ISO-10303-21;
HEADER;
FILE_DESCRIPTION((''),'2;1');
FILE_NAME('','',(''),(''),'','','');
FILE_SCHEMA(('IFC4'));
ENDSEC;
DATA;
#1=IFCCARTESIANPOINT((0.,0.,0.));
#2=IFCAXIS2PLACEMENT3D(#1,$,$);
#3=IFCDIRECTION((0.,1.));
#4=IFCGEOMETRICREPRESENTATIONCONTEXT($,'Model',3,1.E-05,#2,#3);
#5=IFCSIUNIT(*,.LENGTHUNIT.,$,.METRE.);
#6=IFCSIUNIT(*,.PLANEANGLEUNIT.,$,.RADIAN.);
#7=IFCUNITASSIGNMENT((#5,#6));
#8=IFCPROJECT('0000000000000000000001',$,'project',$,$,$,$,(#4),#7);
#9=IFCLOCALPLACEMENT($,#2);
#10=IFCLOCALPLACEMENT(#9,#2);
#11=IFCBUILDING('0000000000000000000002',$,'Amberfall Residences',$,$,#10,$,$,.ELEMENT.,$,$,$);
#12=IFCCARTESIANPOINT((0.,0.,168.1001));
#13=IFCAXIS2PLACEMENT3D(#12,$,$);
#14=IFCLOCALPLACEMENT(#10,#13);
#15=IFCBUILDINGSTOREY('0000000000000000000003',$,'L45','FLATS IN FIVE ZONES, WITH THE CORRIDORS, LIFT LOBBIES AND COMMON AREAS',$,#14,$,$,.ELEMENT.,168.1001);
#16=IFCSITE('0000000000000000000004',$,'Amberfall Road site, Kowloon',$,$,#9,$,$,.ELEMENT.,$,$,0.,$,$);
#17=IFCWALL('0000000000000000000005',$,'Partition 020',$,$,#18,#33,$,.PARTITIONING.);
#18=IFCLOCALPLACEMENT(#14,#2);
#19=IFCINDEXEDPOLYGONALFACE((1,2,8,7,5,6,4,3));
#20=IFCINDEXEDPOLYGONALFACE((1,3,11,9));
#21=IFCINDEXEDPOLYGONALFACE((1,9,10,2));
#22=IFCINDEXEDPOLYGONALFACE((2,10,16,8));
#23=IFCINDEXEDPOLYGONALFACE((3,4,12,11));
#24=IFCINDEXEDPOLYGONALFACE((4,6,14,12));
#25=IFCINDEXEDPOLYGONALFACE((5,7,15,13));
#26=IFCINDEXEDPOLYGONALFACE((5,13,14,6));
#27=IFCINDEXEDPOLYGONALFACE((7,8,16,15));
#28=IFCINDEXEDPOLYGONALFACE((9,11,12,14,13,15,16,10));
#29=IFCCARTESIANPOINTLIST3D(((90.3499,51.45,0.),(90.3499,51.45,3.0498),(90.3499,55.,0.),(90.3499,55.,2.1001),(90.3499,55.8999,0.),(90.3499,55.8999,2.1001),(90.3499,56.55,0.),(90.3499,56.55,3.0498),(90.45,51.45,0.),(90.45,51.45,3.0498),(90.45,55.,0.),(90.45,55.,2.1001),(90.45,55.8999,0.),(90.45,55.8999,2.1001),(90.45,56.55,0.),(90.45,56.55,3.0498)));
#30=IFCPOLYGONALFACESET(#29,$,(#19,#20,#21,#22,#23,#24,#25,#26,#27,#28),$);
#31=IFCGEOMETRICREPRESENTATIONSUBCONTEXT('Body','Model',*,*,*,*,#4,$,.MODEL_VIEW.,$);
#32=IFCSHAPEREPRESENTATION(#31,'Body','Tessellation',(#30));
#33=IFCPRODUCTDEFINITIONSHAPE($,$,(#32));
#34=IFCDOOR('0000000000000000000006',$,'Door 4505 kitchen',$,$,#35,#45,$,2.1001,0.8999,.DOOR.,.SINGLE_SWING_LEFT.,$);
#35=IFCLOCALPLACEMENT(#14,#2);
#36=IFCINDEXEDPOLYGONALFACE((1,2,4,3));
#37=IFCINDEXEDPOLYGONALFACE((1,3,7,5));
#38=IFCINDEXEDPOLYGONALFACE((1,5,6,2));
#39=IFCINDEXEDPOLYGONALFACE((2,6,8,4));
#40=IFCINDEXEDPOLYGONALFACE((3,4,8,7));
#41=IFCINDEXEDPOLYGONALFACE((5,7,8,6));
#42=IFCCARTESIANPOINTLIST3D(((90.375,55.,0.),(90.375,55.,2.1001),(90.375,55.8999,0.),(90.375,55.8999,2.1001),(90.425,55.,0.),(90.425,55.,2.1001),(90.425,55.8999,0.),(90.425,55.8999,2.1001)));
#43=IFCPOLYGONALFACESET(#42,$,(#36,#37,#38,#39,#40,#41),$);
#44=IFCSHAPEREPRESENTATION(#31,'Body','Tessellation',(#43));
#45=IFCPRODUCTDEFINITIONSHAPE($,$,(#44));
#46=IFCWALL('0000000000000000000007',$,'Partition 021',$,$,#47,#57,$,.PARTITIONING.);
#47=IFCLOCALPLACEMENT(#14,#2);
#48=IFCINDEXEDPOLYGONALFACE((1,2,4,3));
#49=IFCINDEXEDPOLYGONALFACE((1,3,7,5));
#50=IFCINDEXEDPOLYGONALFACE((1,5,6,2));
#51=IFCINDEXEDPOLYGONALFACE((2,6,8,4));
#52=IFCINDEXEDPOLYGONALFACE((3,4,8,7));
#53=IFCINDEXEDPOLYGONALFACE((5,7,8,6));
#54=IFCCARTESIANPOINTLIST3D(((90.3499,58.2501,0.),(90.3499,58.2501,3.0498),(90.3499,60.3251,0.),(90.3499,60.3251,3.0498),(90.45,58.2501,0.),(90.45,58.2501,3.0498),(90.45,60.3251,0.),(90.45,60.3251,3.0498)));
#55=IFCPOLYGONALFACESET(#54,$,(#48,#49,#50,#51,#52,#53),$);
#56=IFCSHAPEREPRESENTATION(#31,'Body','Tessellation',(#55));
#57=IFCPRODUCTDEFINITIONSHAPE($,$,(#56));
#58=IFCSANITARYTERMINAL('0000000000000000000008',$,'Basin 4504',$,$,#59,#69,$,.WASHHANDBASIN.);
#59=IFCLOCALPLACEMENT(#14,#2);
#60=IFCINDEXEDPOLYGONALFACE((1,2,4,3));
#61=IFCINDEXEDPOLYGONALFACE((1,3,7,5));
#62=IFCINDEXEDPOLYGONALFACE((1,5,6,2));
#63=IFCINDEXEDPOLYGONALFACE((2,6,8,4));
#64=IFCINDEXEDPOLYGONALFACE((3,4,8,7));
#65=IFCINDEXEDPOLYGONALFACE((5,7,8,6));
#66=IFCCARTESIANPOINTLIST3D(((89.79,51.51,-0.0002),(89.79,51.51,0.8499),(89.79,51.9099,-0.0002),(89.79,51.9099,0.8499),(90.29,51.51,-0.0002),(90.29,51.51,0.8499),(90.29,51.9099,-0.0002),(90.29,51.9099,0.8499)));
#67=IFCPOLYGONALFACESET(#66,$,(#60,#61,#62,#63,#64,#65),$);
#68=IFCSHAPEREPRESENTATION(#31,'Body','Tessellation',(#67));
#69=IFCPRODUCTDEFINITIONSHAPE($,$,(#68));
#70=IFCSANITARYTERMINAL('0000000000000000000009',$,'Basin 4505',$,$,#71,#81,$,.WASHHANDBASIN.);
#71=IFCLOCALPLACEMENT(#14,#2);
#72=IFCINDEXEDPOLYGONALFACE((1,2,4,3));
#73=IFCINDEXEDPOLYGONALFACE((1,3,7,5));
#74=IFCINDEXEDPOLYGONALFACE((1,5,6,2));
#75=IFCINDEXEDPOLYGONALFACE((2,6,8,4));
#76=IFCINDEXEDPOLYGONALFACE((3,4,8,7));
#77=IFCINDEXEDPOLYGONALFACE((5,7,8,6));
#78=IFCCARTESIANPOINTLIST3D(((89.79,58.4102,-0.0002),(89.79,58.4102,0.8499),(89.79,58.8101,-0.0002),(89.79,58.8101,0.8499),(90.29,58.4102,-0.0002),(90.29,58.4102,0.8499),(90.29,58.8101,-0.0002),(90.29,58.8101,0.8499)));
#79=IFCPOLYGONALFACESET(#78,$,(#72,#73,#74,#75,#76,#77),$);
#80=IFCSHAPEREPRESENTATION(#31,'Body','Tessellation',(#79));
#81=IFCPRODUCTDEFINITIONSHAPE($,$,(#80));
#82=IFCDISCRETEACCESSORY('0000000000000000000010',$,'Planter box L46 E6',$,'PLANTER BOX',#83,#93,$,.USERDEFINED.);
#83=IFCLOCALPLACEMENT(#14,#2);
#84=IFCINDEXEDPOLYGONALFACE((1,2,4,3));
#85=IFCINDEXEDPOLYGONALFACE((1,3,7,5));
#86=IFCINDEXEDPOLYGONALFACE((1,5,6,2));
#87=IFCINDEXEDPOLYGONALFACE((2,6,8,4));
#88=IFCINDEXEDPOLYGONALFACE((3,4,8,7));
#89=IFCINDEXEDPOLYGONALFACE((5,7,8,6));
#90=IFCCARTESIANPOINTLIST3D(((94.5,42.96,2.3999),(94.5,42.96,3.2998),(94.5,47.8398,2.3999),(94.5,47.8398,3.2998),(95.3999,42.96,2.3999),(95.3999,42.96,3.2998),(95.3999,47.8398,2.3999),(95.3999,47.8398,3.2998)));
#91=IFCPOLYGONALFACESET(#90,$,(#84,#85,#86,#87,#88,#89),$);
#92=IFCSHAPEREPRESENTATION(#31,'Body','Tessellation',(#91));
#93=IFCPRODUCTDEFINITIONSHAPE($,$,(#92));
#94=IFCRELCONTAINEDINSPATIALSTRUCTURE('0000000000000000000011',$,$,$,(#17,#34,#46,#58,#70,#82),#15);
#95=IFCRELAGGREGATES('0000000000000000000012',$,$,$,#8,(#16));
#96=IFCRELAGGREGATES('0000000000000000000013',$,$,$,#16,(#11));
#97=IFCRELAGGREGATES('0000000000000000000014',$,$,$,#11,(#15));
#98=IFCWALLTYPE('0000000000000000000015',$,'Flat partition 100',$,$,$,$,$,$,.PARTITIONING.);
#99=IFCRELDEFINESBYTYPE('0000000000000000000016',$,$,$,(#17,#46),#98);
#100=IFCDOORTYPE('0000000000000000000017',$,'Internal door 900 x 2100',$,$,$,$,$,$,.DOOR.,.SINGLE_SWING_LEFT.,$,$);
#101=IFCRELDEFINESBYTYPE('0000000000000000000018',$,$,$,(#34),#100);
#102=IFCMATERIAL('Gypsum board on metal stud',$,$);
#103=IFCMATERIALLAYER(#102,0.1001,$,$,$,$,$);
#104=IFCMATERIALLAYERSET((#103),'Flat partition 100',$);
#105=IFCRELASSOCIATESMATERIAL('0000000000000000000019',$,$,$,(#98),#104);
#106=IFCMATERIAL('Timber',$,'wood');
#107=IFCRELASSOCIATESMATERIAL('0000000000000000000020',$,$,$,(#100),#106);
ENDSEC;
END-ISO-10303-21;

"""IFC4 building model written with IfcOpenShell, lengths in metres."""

from ifc_helpers import new_model, si_unit, direction, frame, frame_2d, origin, origin_2d, place, context, subcontext, project, spatial, rectangle, extrude, material, layer, layer_set, type_object, element, fill, save


model = new_model("IFC4")

# Units and contexts
model_context = context("Model", 3, precision=1e-05, world=origin(), true_north=direction((0.0, 1.0)))
body_context = subcontext(model_context, "Body", "Model", "MODEL_VIEW")
ifc_project = project(units=[si_unit("LENGTHUNIT", "METRE"), si_unit("PLANEANGLEUNIT", "RADIAN")], contexts=[model_context])

# Site, building, storey
site_placement = place(None, origin())
site = spatial("IfcSite", under=ifc_project, at=site_placement, Name="Amberfall Road site, Kowloon", CompositionType="ELEMENT", RefElevation=0.0)
building_placement = place(site_placement, origin())
building = spatial("IfcBuilding", under=site, at=building_placement, Name="Amberfall Residences", CompositionType="ELEMENT")
storey_placement = place(building_placement, frame((0.0, 0.0, 168.1001)))
storey = spatial("IfcBuildingStorey", under=building, at=storey_placement, Name="L45", Description="FLATS IN FIVE ZONES, WITH THE CORRIDORS, LIFT LOBBIES AND COMMON AREAS", CompositionType="ELEMENT", Elevation=168.1001)

# Wall, opening, door
ifc_material_1 = material(Name="Gypsum board on metal stud")
ifc_layer_1 = layer(ifc_material_1, 0.1001)
ifc_layer_set_1 = layer_set([ifc_layer_1], Name="Flat partition 100")
wall_type = type_object("IfcWallType", Name="Flat partition 100", PredefinedType="PARTITIONING", material=ifc_layer_set_1)
wall_1_placement = place(storey_placement, frame((90.3999, 51.45, 0.0), z_axis=(0.0, 0.0, 1.0), x_axis=(0.0, 1.0, 0.0)))
wall_1 = element("IfcWall", 1, at=wall_1_placement, inside=storey, type_object=wall_type, Name="Partition 020", PredefinedType="PARTITIONING", context=body_context, shape_type="SweptSolid", body=[
    extrude(rectangle(XDim=5.1001, YDim=0.1001, at=frame_2d((2.55, 0.0))), origin(), (0.0, 0.0, 1.0), 3.0498),
])
opening_placement = place(wall_1_placement, frame((3.55, 0.0, 0.0)))
opening = element("IfcOpeningElement", 2, at=opening_placement, cuts=wall_1, PredefinedType="OPENING", context=body_context, shape_type="SweptSolid", body=[
    extrude(rectangle(XDim=0.8999, YDim=2.1001, at=frame_2d((0.45, 1.05))), frame((0.0, 0.0601, 0.0), z_axis=(0.0, -1.0, 0.0), x_axis=(1.0, 0.0, 0.0)), (0.0, 0.0, 1.0), 0.1201),
])
ifc_material_2 = material(Name="Timber", Category="wood")
door_type = type_object("IfcDoorType", Name="Internal door 900 x 2100", OperationType="SINGLE_SWING_LEFT", PredefinedType="DOOR", material=ifc_material_2)
door_placement = place(opening_placement, origin())
door = element("IfcDoor", 3, at=door_placement, inside=storey, type_object=door_type, Name="Door 4505 kitchen", OperationType="SINGLE_SWING_LEFT", OverallHeight=2.1001, OverallWidth=0.8999, PredefinedType="DOOR", context=body_context, shape_type="SweptSolid", body=[
    extrude(rectangle(XDim=0.8999, YDim=2.1001, at=frame_2d((0.45, 1.05))), frame((0.0, 0.0249, 0.0), z_axis=(0.0, -1.0, 0.0), x_axis=(1.0, 0.0, 0.0)), (0.0, 0.0, 1.0), 0.05),
])
fill(opening, door)

# Wall
wall_2_placement = place(storey_placement, frame((90.3999, 58.25, 0.0), z_axis=(0.0, 0.0, 1.0), x_axis=(0.0, 1.0, 0.0)))
element("IfcWall", 4, at=wall_2_placement, inside=storey, type_object=wall_type, Name="Partition 021", PredefinedType="PARTITIONING", context=body_context, shape_type="SweptSolid", body=[
    extrude(rectangle(XDim=2.075, YDim=0.1001, at=frame_2d((1.0376, 0.0))), origin(), (0.0, 0.0, 1.0), 3.0498),
])

# Sanitary terminals
for number, where, z_axis, x_axis, name in (
    (5, (90.04, 51.71, -0.0002), (0.0, 0.0, 1.0), (1.0, 0.0, 0.0), "Basin 4504"),
    (6, (90.04, 58.6101, -0.0002), (0.0, 0.0, 1.0), (1.0, 0.0, 0.0), "Basin 4505"),
):
    element("IfcSanitaryTerminal", number, at=place(storey_placement, frame(where, z_axis=z_axis, x_axis=x_axis)), inside=storey, Name=name, PredefinedType="WASHHANDBASIN", context=body_context, shape_type="SweptSolid", body=[
        extrude(rectangle(XDim=0.5, YDim=0.3999, at=origin_2d()), origin(), (0.0, 0.0, 1.0), 0.8501),
    ])

# Discrete accessory
discrete_accessory_placement = place(storey_placement, frame((94.95, 45.3999, 2.3999), z_axis=(0.0, 0.0, 1.0), x_axis=(0.0, 1.0, 0.0)))
element("IfcDiscreteAccessory", 7, at=discrete_accessory_placement, inside=storey, Name="Planter box L46 E6", ObjectType="PLANTER BOX", PredefinedType="USERDEFINED", context=body_context, shape_type="SweptSolid", body=[
    extrude(rectangle(XDim=4.8799, YDim=0.8999, at=origin_2d()), origin(), (0.0, 0.0, 1.0), 0.8999),
])

save(model, "model.ifc")
